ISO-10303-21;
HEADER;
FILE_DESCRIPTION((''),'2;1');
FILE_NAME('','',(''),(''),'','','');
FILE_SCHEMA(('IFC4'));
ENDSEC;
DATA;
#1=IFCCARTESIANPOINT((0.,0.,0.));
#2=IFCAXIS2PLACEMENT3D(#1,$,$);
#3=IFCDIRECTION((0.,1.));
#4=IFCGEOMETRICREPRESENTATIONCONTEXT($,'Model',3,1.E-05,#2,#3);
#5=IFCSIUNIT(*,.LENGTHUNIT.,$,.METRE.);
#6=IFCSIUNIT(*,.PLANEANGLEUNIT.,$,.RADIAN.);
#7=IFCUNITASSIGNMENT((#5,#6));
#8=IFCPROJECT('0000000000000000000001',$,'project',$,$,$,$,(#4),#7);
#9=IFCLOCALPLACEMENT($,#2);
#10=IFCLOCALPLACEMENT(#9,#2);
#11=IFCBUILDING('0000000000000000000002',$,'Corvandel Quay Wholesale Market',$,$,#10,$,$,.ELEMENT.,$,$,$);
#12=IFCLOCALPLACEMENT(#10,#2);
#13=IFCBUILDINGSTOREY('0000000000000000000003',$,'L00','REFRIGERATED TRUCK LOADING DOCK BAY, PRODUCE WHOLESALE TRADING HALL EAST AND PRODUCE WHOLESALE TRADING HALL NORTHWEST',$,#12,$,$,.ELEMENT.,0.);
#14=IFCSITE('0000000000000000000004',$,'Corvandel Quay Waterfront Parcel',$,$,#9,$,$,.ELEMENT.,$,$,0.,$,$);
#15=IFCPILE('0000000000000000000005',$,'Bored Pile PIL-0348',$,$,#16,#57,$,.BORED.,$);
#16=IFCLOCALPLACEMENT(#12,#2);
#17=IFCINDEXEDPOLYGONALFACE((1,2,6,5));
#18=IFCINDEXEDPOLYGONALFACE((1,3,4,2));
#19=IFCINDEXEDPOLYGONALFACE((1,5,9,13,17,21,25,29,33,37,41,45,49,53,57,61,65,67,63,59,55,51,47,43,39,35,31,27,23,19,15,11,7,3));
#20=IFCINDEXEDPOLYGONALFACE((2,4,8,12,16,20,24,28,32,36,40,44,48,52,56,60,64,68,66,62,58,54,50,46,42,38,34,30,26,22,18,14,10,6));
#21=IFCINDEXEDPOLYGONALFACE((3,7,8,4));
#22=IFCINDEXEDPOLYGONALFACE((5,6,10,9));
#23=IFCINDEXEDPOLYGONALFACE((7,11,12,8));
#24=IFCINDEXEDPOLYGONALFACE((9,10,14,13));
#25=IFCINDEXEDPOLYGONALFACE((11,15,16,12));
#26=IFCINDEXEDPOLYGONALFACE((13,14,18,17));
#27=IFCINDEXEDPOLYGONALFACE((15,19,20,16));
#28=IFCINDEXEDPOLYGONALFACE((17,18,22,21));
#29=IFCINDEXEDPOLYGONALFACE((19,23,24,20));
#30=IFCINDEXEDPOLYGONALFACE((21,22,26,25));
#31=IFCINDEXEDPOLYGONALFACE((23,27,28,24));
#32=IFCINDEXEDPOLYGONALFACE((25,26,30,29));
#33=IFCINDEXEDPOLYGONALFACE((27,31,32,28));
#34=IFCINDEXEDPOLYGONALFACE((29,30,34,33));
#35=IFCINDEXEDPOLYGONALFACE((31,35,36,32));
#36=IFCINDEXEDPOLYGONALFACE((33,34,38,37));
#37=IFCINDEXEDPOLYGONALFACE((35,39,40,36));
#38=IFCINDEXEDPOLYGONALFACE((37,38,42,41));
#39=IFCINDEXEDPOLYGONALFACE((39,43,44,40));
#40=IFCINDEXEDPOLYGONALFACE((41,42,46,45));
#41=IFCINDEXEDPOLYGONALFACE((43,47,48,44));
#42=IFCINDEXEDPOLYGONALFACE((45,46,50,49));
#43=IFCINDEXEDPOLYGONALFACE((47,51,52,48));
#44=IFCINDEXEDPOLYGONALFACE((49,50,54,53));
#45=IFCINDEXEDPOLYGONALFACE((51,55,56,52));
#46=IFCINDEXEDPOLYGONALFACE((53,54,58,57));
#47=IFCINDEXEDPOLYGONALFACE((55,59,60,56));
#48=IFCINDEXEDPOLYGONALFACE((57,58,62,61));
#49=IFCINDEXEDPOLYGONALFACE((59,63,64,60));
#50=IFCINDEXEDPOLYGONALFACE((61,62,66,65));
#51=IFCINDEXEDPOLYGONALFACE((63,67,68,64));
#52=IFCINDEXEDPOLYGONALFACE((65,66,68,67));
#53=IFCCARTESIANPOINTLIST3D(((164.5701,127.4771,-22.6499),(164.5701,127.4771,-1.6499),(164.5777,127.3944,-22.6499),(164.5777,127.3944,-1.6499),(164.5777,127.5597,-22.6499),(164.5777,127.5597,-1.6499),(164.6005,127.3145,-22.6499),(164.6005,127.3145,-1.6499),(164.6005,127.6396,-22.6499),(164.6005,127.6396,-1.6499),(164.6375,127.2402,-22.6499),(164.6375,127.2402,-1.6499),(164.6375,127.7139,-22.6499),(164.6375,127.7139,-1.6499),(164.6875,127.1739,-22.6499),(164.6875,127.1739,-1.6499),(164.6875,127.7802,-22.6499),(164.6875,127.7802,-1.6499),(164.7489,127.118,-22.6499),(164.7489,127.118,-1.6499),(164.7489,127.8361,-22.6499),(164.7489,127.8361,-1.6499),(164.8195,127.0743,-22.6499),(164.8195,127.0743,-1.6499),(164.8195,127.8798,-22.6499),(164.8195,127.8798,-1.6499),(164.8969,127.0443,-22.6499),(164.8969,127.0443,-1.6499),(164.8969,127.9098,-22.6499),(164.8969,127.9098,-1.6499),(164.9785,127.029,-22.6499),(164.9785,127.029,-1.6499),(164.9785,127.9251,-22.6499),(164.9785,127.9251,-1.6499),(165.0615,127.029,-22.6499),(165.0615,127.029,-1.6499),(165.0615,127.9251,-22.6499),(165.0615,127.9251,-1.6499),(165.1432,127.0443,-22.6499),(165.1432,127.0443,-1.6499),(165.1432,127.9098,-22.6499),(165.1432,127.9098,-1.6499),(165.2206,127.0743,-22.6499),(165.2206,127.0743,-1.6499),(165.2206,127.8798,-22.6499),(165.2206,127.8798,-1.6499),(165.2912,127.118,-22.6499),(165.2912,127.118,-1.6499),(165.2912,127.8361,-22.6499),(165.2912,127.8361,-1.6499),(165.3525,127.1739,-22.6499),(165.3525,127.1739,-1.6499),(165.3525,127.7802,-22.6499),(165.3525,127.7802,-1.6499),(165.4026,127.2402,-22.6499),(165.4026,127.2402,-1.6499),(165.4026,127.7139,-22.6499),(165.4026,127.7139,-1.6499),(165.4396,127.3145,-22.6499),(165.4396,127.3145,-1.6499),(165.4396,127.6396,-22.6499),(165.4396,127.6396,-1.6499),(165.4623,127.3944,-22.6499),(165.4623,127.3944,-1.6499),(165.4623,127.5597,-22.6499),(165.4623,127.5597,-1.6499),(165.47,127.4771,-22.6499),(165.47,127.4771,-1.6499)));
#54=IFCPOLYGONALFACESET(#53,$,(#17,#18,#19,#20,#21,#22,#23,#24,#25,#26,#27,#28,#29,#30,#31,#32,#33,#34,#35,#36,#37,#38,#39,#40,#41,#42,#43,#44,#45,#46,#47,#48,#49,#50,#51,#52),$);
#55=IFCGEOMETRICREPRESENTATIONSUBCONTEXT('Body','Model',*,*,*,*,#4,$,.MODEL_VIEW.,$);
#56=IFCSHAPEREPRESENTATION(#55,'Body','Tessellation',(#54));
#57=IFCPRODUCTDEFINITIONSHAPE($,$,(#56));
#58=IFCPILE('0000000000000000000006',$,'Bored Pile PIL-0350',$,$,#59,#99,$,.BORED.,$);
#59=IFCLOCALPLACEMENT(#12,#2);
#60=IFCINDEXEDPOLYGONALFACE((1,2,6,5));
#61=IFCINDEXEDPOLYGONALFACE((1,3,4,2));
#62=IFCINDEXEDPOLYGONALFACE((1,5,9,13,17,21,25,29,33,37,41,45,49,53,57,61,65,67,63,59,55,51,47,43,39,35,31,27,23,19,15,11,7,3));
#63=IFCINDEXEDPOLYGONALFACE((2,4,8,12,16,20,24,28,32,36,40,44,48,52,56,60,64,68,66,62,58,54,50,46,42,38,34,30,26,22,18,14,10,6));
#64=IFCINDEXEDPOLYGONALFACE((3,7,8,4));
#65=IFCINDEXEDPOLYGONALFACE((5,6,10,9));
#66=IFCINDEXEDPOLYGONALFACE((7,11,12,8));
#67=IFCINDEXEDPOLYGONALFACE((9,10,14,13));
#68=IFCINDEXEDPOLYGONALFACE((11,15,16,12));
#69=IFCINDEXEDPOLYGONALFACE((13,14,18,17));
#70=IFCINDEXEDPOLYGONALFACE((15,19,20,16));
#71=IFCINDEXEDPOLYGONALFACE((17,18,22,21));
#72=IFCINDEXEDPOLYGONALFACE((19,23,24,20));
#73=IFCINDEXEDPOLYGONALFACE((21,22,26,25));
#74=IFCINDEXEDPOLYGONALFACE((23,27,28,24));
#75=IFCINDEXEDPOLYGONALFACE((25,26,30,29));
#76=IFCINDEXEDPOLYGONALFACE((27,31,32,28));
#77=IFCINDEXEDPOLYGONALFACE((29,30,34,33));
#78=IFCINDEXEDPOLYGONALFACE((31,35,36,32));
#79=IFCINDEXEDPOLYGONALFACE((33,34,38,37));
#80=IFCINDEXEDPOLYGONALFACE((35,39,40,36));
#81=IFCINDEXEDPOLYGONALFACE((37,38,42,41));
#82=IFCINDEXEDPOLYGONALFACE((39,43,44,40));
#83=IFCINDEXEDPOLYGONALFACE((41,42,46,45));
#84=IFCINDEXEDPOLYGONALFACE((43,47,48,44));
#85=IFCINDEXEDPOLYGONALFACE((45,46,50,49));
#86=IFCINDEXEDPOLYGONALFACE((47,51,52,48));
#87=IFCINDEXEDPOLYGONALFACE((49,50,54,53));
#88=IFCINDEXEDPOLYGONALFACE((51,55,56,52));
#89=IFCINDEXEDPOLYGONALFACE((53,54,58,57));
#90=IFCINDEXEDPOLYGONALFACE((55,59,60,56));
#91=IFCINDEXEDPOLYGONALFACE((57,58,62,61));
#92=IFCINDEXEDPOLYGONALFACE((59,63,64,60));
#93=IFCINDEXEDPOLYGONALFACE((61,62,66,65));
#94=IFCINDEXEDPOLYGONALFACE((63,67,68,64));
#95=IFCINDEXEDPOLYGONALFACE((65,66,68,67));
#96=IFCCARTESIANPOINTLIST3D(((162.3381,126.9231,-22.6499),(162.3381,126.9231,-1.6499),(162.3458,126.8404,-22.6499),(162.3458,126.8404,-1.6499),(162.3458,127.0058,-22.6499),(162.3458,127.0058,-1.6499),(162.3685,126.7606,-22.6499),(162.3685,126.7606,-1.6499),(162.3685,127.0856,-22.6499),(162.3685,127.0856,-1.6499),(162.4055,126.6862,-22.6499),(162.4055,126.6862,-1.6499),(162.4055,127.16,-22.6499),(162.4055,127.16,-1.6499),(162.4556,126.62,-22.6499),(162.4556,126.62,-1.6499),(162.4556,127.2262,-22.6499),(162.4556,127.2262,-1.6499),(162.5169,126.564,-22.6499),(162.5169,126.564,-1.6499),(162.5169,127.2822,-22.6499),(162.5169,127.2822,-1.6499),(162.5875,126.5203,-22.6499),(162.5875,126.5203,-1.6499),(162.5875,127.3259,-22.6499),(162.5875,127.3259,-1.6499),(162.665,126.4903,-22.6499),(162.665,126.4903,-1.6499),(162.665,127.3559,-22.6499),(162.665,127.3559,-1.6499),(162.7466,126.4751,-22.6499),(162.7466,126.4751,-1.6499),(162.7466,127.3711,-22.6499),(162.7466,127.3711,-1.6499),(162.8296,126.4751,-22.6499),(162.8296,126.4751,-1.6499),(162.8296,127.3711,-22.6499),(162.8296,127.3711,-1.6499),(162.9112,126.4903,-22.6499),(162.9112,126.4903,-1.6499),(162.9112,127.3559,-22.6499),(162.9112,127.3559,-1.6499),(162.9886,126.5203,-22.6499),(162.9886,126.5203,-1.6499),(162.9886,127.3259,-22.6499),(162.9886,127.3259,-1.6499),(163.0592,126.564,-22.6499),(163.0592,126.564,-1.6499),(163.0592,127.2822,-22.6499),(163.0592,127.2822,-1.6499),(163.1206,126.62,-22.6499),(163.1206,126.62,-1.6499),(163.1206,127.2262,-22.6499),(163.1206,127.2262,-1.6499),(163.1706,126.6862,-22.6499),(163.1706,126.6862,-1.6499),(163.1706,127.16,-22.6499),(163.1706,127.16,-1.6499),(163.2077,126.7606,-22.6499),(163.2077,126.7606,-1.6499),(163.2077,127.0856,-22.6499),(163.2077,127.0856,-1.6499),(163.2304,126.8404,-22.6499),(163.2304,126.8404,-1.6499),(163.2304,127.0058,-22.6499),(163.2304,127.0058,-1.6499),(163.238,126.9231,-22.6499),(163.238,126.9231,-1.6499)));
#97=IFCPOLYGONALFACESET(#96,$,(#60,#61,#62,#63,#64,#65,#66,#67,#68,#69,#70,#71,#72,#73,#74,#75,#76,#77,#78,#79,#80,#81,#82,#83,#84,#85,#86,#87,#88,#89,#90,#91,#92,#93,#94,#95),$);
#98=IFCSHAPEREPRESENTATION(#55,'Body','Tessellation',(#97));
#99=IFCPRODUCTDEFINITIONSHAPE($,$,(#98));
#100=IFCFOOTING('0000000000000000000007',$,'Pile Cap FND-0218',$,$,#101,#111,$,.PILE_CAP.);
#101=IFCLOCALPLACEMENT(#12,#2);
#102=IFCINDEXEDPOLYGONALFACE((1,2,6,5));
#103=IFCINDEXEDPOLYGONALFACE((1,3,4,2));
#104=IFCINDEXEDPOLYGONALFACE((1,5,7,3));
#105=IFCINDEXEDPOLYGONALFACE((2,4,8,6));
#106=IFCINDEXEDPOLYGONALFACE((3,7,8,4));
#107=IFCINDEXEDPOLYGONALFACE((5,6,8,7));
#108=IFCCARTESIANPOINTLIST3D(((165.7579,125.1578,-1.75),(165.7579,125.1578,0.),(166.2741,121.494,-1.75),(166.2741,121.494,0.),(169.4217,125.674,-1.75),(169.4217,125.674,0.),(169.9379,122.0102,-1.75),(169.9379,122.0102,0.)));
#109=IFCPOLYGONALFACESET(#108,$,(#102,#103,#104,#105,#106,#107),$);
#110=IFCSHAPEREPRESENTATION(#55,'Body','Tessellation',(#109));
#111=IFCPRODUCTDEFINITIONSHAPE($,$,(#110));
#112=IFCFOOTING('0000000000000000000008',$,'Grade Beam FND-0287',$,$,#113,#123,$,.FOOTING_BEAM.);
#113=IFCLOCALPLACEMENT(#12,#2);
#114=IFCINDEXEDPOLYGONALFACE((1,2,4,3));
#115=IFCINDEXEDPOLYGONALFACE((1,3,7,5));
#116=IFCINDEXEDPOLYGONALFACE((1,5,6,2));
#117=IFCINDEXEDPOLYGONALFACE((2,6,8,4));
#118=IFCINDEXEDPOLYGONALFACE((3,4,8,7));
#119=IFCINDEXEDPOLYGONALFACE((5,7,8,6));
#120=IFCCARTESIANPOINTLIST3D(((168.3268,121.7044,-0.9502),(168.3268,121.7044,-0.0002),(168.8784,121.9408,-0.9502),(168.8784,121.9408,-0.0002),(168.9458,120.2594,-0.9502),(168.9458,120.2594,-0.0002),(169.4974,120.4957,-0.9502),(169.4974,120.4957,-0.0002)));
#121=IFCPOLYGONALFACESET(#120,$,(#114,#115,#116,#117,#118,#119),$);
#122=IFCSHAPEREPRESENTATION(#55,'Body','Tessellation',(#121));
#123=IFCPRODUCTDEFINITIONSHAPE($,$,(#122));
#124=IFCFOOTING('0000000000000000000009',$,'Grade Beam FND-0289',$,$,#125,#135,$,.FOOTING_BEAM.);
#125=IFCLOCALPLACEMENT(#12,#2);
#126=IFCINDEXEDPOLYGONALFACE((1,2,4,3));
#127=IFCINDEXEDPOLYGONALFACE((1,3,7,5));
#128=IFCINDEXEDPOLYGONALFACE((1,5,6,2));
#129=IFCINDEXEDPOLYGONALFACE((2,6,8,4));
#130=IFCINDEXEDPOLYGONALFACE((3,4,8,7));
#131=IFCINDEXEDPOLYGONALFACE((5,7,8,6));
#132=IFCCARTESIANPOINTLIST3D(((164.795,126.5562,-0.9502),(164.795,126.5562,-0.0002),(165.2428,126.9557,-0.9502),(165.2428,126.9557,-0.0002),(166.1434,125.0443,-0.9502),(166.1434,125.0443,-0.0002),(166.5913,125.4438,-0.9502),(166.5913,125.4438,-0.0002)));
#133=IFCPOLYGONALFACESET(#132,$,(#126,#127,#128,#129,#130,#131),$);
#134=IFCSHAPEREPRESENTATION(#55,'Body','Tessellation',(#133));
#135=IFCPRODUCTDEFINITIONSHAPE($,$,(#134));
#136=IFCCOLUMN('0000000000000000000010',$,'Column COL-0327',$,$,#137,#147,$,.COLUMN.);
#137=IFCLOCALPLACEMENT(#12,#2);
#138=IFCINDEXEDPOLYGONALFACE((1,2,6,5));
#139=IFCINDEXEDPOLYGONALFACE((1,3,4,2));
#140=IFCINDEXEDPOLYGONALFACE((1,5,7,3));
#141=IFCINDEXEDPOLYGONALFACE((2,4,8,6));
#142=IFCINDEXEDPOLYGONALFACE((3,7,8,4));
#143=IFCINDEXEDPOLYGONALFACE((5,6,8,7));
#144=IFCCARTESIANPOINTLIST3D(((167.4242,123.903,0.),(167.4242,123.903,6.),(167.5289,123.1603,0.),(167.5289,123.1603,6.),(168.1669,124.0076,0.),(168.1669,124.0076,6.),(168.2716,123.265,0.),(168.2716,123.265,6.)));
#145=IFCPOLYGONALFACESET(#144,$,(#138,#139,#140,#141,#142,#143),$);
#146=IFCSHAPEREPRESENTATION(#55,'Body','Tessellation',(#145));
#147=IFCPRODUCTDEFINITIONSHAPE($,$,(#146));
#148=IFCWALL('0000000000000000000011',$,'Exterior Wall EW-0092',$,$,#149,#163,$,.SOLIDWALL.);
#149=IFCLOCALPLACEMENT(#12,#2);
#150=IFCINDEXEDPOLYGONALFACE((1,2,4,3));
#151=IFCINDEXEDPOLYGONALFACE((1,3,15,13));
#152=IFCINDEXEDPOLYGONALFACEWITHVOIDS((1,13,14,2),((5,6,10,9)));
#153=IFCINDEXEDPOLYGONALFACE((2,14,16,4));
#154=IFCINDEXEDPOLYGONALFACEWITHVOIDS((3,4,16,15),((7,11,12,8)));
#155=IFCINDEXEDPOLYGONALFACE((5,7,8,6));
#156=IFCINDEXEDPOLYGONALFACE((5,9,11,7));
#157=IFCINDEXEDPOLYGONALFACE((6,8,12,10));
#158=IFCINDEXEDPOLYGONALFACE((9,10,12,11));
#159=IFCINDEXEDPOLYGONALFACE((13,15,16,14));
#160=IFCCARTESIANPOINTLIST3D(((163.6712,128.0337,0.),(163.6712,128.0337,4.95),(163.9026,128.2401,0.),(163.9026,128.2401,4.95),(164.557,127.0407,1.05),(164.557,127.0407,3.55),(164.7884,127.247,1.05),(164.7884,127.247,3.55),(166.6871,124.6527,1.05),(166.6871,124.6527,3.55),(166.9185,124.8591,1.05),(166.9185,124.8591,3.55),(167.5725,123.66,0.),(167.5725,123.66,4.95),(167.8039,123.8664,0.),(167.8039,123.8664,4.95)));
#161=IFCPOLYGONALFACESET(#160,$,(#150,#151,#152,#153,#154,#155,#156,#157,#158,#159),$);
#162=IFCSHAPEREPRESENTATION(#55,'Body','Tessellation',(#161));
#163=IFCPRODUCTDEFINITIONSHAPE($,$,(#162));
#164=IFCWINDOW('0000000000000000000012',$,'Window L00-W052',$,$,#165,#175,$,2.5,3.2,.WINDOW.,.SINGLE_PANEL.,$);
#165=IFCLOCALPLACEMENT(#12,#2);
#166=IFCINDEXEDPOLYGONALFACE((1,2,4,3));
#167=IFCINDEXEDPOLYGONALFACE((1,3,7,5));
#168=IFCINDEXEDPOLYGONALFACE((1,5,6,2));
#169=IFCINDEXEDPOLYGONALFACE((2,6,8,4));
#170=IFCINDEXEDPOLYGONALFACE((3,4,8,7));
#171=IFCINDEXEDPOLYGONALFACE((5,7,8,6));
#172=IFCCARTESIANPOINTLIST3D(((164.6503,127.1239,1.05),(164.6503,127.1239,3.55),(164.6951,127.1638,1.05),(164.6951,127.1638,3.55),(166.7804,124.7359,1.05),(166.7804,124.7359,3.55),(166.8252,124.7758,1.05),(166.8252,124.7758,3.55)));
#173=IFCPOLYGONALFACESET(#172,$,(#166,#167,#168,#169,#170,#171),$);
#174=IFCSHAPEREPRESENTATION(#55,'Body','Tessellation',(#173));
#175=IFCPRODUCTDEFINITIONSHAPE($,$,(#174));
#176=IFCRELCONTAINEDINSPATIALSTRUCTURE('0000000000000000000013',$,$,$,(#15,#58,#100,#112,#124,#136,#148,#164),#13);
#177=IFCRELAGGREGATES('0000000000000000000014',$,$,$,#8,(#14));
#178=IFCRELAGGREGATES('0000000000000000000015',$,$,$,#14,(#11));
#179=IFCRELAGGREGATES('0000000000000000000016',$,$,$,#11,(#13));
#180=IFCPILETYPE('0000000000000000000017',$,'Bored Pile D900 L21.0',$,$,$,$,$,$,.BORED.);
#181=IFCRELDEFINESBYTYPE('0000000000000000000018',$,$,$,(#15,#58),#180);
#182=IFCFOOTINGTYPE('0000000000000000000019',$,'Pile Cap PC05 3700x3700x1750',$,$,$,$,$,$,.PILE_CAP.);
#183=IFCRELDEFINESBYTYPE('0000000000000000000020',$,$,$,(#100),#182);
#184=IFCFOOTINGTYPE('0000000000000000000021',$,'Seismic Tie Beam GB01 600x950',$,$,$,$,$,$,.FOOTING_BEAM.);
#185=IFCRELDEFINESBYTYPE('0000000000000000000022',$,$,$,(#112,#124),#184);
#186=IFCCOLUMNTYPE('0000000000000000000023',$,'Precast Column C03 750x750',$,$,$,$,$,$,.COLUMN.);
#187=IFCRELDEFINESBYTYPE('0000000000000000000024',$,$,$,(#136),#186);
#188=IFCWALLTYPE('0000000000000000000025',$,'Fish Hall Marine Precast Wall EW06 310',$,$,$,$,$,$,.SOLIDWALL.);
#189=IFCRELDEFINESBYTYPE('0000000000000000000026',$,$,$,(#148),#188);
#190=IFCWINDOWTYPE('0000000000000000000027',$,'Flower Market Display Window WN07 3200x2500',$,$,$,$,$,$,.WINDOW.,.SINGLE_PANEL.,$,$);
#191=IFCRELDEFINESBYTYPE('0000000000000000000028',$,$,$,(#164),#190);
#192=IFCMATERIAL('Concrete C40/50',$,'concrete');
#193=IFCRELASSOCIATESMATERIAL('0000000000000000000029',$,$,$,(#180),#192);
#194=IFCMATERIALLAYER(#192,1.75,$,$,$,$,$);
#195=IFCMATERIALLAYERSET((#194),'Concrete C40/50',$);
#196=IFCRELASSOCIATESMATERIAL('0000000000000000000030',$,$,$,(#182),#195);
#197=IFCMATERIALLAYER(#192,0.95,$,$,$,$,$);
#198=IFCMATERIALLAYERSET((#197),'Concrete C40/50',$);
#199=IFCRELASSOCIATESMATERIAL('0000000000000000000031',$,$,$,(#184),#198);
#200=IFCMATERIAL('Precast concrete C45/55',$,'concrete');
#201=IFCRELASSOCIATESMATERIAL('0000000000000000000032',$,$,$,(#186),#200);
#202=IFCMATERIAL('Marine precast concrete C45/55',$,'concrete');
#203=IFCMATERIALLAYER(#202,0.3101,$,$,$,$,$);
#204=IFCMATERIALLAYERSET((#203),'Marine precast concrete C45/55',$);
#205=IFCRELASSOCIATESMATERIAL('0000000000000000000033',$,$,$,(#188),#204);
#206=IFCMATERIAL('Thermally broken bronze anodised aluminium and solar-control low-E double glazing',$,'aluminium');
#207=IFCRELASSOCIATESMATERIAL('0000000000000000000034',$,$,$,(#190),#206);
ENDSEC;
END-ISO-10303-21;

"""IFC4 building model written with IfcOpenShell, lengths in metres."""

from ifc_helpers import new_model, si_unit, direction, frame, frame_2d, origin, origin_2d, place, context, subcontext, project, spatial, rectangle, circle, extrude, material, layer, layer_set, material_profile, profile_set, type_object, element, fill, save


model = new_model("IFC4")

# Units and contexts
model_context = context("Model", 3, precision=1e-05, world=origin(), true_north=direction((0.0, 1.0)))
body_context = subcontext(model_context, "Body", "Model", "MODEL_VIEW")
ifc_project = project(units=[si_unit("LENGTHUNIT", "METRE"), si_unit("PLANEANGLEUNIT", "RADIAN")], contexts=[model_context])

# Site, building, storey
site_placement = place(None, origin())
site = spatial("IfcSite", under=ifc_project, at=site_placement, Name="Corvandel Quay Waterfront Parcel", CompositionType="ELEMENT", RefElevation=0.0)
building_placement = place(site_placement, origin())
building = spatial("IfcBuilding", under=site, at=building_placement, Name="Corvandel Quay Wholesale Market", CompositionType="ELEMENT")
storey_placement = place(building_placement, origin())
storey = spatial("IfcBuildingStorey", under=building, at=storey_placement, Name="L00", Description="REFRIGERATED TRUCK LOADING DOCK BAY, PRODUCE WHOLESALE TRADING HALL EAST AND PRODUCE WHOLESALE TRADING HALL NORTHWEST", CompositionType="ELEMENT", Elevation=0.0)

# Piles
ifc_material_1 = material(Name="Concrete C40/50", Category="concrete")
ifc_material_profile_1 = material_profile(ifc_material_1, circle(Radius=0.45, at=origin_2d()), Name="RC-PILE-D900")
ifc_profile_set_1 = profile_set([ifc_material_profile_1], Name="Concrete C40/50")
pile_type = type_object("IfcPileType", Name="Bored Pile D900 L21.0", PredefinedType="BORED", material=ifc_profile_set_1)
for number, where, z_axis, x_axis, name in (
    (1, (165.02, 127.4771, -1.6499), (0.0, 0.0, -1.0), (1.0, 0.0, 0.0), "Bored Pile PIL-0348"),
    (2, (162.7881, 126.9231, -1.6499), (0.0, 0.0, -1.0), (1.0, 0.0, 0.0), "Bored Pile PIL-0350"),
):
    element("IfcPile", number, at=place(storey_placement, frame(where, z_axis=z_axis, x_axis=x_axis)), inside=storey, type_object=pile_type, Name=name, PredefinedType="BORED", context=body_context, shape_type="SweptSolid", body=[
        extrude(circle(Radius=0.45, at=origin_2d()), origin(), (0.0, 0.0, 1.0), 21.0),
    ])

# Footings
ifc_layer_1 = layer(ifc_material_1, 1.75)
ifc_layer_set_1 = layer_set([ifc_layer_1], Name="Concrete C40/50")
footing_type_1 = type_object("IfcFootingType", Name="Pile Cap PC05 3700x3700x1750", PredefinedType="PILE_CAP", material=ifc_layer_set_1)
footing_1_placement = place(storey_placement, frame((167.8479, 123.584, -1.75), z_axis=(0.0, 0.0, 1.0), x_axis=(-0.139519, 0.990219, 0.0)))
element("IfcFooting", 3, at=footing_1_placement, inside=storey, type_object=footing_type_1, Name="Pile Cap FND-0218", PredefinedType="PILE_CAP", context=body_context, shape_type="SweptSolid", body=[
    extrude(rectangle(XDim=3.7, YDim=3.7, at=origin_2d()), origin(), (0.0, 0.0, 1.0), 1.75),
])
ifc_layer_2 = layer(ifc_material_1, 0.95)
ifc_layer_set_2 = layer_set([ifc_layer_2], Name="Concrete C40/50")
footing_type_2 = type_object("IfcFootingType", Name="Seismic Tie Beam GB01 600x950", PredefinedType="FOOTING_BEAM", material=ifc_layer_set_2)
footing_2_placement = place(storey_placement, frame((168.9121, 121.1001, -0.9502), z_axis=(0.0, 0.0, 1.0), x_axis=(-0.393781, 0.919204, 0.0)))
element("IfcFooting", 4, at=footing_2_placement, inside=storey, type_object=footing_type_2, Name="Grade Beam FND-0287", PredefinedType="FOOTING_BEAM", context=body_context, shape_type="SweptSolid", body=[
    extrude(rectangle(XDim=1.572, YDim=0.6001, at=origin_2d()), origin(), (0.0, 0.0, 1.0), 0.95),
])
footing_3_placement = place(storey_placement, frame((165.6931, 126.0, -0.9502), z_axis=(0.0, 0.0, 1.0), x_axis=(-0.665621, 0.74629, 0.0)))
element("IfcFooting", 5, at=footing_3_placement, inside=storey, type_object=footing_type_2, Name="Grade Beam FND-0289", PredefinedType="FOOTING_BEAM", context=body_context, shape_type="SweptSolid", body=[
    extrude(rectangle(XDim=2.0259, YDim=0.6001, at=origin_2d()), origin(), (0.0, 0.0, 1.0), 0.95),
])

# Column
ifc_material_2 = material(Name="Precast concrete C45/55", Category="concrete")
ifc_material_profile_2 = material_profile(ifc_material_2, rectangle(XDim=0.75, YDim=0.75, at=origin_2d()), Name="PC-COL-750x750")
ifc_profile_set_2 = profile_set([ifc_material_profile_2], Name="Precast concrete C45/55")
column_type = type_object("IfcColumnType", Name="Precast Column C03 750x750", PredefinedType="COLUMN", material=ifc_profile_set_2)
column_placement = place(storey_placement, frame((167.8479, 123.584, 0.0), z_axis=(0.0, 0.0, 1.0), x_axis=(-0.139519, 0.990219, 0.0)))
element("IfcColumn", 6, at=column_placement, inside=storey, type_object=column_type, Name="Column COL-0327", PredefinedType="COLUMN", context=body_context, shape_type="SweptSolid", body=[
    extrude(rectangle(XDim=0.75, YDim=0.75, at=origin_2d()), origin(), (0.0, 0.0, 1.0), 6.0),
])

# Wall, opening, window
ifc_material_3 = material(Name="Marine precast concrete C45/55", Category="concrete")
ifc_layer_3 = layer(ifc_material_3, 0.3101)
ifc_layer_set_3 = layer_set([ifc_layer_3], Name="Marine precast concrete C45/55")
wall_type = type_object("IfcWallType", Name="Fish Hall Marine Precast Wall EW06 310", PredefinedType="SOLIDWALL", material=ifc_layer_set_3)
wall_placement = place(storey_placement, frame((167.6882, 123.7632, 0.0), z_axis=(0.0, 0.0, 1.0), x_axis=(-0.665656, 0.746259, 0.0)))
wall = element("IfcWall", 7, at=wall_placement, inside=storey, type_object=wall_type, Name="Exterior Wall EW-0092", PredefinedType="SOLIDWALL", context=body_context, shape_type="SweptSolid", body=[
    extrude(rectangle(XDim=5.8608, YDim=0.3101, at=frame_2d((2.9304, 0.0))), origin(), (0.0, 0.0, 1.0), 4.95),
])
opening_placement = place(wall_placement, frame((1.3301, 0.0, 1.05)))
opening = element("IfcOpeningElement", 8, at=opening_placement, cuts=wall, PredefinedType="OPENING", context=body_context, shape_type="SweptSolid", body=[
    extrude(rectangle(XDim=3.2, YDim=2.5, at=frame_2d((1.6001, 1.25))), frame((0.0, 0.165, 0.0), z_axis=(0.0, -1.0, 0.0), x_axis=(1.0, 0.0, 0.0)), (0.0, 0.0, 1.0), 0.3301),
])
ifc_material_4 = material(Name="Thermally broken bronze anodised aluminium and solar-control low-E double glazing", Category="aluminium")
window_type = type_object("IfcWindowType", Name="Flower Market Display Window WN07 3200x2500", PartitioningType="SINGLE_PANEL", PredefinedType="WINDOW", material=ifc_material_4)
window_placement = place(opening_placement, origin())
window = element("IfcWindow", 9, at=window_placement, inside=storey, type_object=window_type, Name="Window L00-W052", OverallHeight=2.5, OverallWidth=3.2, PartitioningType="SINGLE_PANEL", PredefinedType="WINDOW", context=body_context, shape_type="SweptSolid", body=[
    extrude(rectangle(XDim=3.2, YDim=2.5, at=frame_2d((1.6001, 1.25))), frame((0.0, 0.03, 0.0), z_axis=(0.0, -1.0, 0.0), x_axis=(1.0, 0.0, 0.0)), (0.0, 0.0, 1.0), 0.0601),
])
fill(opening, window)

save(model, "model.ifc")
